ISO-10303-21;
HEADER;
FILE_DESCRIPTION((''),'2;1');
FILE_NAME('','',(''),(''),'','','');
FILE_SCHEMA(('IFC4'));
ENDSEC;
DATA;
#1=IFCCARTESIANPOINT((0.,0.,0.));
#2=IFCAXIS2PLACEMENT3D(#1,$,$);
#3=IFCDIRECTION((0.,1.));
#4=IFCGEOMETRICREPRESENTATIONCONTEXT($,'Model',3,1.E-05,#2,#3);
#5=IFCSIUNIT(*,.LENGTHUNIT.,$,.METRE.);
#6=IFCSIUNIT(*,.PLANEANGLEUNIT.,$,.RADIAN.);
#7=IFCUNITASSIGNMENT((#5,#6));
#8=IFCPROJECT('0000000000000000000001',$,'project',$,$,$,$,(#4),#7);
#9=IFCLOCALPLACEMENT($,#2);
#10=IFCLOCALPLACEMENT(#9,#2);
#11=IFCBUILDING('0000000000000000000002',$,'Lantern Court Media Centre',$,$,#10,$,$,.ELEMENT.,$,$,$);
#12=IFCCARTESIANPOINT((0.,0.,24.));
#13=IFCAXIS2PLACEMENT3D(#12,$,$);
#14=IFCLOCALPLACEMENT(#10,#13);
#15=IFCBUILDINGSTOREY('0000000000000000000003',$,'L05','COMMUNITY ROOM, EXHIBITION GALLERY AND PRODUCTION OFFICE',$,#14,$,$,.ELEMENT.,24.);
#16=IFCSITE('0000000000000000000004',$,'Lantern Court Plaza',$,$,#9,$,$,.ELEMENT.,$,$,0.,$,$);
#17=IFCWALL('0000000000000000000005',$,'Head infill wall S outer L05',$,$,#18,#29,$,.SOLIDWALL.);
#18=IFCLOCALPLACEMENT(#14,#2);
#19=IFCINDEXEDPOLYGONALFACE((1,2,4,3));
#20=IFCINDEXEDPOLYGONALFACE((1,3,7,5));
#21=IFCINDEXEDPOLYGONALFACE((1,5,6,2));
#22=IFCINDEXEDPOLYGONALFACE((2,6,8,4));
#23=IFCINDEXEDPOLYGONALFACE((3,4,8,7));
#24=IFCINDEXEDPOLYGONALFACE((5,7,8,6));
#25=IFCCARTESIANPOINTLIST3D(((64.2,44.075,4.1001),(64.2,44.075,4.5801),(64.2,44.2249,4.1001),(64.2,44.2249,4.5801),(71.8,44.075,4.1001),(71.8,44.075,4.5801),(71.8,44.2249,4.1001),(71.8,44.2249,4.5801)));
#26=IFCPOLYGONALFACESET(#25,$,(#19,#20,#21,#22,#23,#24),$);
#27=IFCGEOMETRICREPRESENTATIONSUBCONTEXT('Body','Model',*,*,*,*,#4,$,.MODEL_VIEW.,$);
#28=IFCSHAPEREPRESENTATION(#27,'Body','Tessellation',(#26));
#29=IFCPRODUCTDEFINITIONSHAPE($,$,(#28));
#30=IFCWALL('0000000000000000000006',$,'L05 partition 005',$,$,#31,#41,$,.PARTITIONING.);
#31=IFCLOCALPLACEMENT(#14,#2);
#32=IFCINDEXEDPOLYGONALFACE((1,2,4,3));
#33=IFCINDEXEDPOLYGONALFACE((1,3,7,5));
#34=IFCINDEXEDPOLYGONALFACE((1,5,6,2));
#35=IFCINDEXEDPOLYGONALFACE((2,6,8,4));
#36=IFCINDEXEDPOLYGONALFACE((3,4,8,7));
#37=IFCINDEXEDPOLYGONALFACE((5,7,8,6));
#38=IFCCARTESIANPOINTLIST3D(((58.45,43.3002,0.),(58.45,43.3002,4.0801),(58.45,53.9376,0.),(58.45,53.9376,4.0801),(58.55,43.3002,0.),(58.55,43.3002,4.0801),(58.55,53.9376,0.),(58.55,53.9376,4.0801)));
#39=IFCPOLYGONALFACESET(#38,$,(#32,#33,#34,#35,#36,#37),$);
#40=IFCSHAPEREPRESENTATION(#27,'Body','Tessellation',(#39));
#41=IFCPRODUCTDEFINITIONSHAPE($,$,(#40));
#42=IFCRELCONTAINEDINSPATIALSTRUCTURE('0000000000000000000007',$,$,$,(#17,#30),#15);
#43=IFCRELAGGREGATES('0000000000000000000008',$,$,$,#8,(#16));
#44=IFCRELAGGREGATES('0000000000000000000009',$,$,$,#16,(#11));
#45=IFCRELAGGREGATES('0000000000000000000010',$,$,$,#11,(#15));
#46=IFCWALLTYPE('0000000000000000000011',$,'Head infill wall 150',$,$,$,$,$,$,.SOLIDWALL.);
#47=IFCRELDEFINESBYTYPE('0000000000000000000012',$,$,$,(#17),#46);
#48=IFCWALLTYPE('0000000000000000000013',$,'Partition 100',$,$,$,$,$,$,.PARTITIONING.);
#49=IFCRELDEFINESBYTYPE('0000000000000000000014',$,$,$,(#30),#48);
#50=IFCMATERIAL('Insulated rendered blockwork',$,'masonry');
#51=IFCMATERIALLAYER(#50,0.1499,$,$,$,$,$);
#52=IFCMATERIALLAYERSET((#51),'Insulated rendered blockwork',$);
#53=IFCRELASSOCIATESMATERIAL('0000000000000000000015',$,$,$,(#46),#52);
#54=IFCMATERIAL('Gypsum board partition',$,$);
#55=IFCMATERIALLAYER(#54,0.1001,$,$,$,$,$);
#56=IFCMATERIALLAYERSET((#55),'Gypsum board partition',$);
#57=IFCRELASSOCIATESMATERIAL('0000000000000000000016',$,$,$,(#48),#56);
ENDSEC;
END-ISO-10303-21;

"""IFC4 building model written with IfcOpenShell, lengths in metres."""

from ifc_helpers import new_model, si_unit, direction, frame, frame_2d, origin, place, context, subcontext, project, spatial, rectangle, extrude, material, layer, layer_set, type_object, element, save


model = new_model("IFC4")

# Units and contexts
model_context = context("Model", 3, precision=1e-05, world=origin(), true_north=direction((0.0, 1.0)))
body_context = subcontext(model_context, "Body", "Model", "MODEL_VIEW")
ifc_project = project(units=[si_unit("LENGTHUNIT", "METRE"), si_unit("PLANEANGLEUNIT", "RADIAN")], contexts=[model_context])

# Site, building, storey
site_placement = place(None, origin())
site = spatial("IfcSite", under=ifc_project, at=site_placement, Name="Lantern Court Plaza", CompositionType="ELEMENT", RefElevation=0.0)
building_placement = place(site_placement, origin())
building = spatial("IfcBuilding", under=site, at=building_placement, Name="Lantern Court Media Centre", CompositionType="ELEMENT")
storey_placement = place(building_placement, frame((0.0, 0.0, 24.0)))
storey = spatial("IfcBuildingStorey", under=building, at=storey_placement, Name="L05", Description="COMMUNITY ROOM, EXHIBITION GALLERY AND PRODUCTION OFFICE", CompositionType="ELEMENT", Elevation=24.0)

# Walls
ifc_material_1 = material(Name="Insulated rendered blockwork", Category="masonry")
ifc_layer_1 = layer(ifc_material_1, 0.1499)
ifc_layer_set_1 = layer_set([ifc_layer_1], Name="Insulated rendered blockwork")
wall_type_1 = type_object("IfcWallType", Name="Head infill wall 150", PredefinedType="SOLIDWALL", material=ifc_layer_set_1)
wall_1_placement = place(storey_placement, frame((64.2, 44.1499, 4.1001), z_axis=(0.0, 0.0, 1.0), x_axis=(1.0, 0.0, 0.0)))
element("IfcWall", 1, at=wall_1_placement, inside=storey, type_object=wall_type_1, Name="Head infill wall S outer L05", PredefinedType="SOLIDWALL", context=body_context, shape_type="SweptSolid", body=[
    extrude(rectangle(XDim=7.6001, YDim=0.1499, at=frame_2d((3.8, 0.0))), origin(), (0.0, 0.0, 1.0), 0.48),
])
ifc_material_2 = material(Name="Gypsum board partition")
ifc_layer_2 = layer(ifc_material_2, 0.1001)
ifc_layer_set_2 = layer_set([ifc_layer_2], Name="Gypsum board partition")
wall_type_2 = type_object("IfcWallType", Name="Partition 100", PredefinedType="PARTITIONING", material=ifc_layer_set_2)
wall_2_placement = place(storey_placement, frame((58.5, 43.3, 0.0), z_axis=(0.0, 0.0, 1.0), x_axis=(0.0, 1.0, 0.0)))
element("IfcWall", 2, at=wall_2_placement, inside=storey, type_object=wall_type_2, Name="L05 partition 005", PredefinedType="PARTITIONING", context=body_context, shape_type="SweptSolid", body=[
    extrude(rectangle(XDim=10.6375, YDim=0.1001, at=frame_2d((5.3188, 0.0))), origin(), (0.0, 0.0, 1.0), 4.0801),
])

save(model, "model.ifc")
